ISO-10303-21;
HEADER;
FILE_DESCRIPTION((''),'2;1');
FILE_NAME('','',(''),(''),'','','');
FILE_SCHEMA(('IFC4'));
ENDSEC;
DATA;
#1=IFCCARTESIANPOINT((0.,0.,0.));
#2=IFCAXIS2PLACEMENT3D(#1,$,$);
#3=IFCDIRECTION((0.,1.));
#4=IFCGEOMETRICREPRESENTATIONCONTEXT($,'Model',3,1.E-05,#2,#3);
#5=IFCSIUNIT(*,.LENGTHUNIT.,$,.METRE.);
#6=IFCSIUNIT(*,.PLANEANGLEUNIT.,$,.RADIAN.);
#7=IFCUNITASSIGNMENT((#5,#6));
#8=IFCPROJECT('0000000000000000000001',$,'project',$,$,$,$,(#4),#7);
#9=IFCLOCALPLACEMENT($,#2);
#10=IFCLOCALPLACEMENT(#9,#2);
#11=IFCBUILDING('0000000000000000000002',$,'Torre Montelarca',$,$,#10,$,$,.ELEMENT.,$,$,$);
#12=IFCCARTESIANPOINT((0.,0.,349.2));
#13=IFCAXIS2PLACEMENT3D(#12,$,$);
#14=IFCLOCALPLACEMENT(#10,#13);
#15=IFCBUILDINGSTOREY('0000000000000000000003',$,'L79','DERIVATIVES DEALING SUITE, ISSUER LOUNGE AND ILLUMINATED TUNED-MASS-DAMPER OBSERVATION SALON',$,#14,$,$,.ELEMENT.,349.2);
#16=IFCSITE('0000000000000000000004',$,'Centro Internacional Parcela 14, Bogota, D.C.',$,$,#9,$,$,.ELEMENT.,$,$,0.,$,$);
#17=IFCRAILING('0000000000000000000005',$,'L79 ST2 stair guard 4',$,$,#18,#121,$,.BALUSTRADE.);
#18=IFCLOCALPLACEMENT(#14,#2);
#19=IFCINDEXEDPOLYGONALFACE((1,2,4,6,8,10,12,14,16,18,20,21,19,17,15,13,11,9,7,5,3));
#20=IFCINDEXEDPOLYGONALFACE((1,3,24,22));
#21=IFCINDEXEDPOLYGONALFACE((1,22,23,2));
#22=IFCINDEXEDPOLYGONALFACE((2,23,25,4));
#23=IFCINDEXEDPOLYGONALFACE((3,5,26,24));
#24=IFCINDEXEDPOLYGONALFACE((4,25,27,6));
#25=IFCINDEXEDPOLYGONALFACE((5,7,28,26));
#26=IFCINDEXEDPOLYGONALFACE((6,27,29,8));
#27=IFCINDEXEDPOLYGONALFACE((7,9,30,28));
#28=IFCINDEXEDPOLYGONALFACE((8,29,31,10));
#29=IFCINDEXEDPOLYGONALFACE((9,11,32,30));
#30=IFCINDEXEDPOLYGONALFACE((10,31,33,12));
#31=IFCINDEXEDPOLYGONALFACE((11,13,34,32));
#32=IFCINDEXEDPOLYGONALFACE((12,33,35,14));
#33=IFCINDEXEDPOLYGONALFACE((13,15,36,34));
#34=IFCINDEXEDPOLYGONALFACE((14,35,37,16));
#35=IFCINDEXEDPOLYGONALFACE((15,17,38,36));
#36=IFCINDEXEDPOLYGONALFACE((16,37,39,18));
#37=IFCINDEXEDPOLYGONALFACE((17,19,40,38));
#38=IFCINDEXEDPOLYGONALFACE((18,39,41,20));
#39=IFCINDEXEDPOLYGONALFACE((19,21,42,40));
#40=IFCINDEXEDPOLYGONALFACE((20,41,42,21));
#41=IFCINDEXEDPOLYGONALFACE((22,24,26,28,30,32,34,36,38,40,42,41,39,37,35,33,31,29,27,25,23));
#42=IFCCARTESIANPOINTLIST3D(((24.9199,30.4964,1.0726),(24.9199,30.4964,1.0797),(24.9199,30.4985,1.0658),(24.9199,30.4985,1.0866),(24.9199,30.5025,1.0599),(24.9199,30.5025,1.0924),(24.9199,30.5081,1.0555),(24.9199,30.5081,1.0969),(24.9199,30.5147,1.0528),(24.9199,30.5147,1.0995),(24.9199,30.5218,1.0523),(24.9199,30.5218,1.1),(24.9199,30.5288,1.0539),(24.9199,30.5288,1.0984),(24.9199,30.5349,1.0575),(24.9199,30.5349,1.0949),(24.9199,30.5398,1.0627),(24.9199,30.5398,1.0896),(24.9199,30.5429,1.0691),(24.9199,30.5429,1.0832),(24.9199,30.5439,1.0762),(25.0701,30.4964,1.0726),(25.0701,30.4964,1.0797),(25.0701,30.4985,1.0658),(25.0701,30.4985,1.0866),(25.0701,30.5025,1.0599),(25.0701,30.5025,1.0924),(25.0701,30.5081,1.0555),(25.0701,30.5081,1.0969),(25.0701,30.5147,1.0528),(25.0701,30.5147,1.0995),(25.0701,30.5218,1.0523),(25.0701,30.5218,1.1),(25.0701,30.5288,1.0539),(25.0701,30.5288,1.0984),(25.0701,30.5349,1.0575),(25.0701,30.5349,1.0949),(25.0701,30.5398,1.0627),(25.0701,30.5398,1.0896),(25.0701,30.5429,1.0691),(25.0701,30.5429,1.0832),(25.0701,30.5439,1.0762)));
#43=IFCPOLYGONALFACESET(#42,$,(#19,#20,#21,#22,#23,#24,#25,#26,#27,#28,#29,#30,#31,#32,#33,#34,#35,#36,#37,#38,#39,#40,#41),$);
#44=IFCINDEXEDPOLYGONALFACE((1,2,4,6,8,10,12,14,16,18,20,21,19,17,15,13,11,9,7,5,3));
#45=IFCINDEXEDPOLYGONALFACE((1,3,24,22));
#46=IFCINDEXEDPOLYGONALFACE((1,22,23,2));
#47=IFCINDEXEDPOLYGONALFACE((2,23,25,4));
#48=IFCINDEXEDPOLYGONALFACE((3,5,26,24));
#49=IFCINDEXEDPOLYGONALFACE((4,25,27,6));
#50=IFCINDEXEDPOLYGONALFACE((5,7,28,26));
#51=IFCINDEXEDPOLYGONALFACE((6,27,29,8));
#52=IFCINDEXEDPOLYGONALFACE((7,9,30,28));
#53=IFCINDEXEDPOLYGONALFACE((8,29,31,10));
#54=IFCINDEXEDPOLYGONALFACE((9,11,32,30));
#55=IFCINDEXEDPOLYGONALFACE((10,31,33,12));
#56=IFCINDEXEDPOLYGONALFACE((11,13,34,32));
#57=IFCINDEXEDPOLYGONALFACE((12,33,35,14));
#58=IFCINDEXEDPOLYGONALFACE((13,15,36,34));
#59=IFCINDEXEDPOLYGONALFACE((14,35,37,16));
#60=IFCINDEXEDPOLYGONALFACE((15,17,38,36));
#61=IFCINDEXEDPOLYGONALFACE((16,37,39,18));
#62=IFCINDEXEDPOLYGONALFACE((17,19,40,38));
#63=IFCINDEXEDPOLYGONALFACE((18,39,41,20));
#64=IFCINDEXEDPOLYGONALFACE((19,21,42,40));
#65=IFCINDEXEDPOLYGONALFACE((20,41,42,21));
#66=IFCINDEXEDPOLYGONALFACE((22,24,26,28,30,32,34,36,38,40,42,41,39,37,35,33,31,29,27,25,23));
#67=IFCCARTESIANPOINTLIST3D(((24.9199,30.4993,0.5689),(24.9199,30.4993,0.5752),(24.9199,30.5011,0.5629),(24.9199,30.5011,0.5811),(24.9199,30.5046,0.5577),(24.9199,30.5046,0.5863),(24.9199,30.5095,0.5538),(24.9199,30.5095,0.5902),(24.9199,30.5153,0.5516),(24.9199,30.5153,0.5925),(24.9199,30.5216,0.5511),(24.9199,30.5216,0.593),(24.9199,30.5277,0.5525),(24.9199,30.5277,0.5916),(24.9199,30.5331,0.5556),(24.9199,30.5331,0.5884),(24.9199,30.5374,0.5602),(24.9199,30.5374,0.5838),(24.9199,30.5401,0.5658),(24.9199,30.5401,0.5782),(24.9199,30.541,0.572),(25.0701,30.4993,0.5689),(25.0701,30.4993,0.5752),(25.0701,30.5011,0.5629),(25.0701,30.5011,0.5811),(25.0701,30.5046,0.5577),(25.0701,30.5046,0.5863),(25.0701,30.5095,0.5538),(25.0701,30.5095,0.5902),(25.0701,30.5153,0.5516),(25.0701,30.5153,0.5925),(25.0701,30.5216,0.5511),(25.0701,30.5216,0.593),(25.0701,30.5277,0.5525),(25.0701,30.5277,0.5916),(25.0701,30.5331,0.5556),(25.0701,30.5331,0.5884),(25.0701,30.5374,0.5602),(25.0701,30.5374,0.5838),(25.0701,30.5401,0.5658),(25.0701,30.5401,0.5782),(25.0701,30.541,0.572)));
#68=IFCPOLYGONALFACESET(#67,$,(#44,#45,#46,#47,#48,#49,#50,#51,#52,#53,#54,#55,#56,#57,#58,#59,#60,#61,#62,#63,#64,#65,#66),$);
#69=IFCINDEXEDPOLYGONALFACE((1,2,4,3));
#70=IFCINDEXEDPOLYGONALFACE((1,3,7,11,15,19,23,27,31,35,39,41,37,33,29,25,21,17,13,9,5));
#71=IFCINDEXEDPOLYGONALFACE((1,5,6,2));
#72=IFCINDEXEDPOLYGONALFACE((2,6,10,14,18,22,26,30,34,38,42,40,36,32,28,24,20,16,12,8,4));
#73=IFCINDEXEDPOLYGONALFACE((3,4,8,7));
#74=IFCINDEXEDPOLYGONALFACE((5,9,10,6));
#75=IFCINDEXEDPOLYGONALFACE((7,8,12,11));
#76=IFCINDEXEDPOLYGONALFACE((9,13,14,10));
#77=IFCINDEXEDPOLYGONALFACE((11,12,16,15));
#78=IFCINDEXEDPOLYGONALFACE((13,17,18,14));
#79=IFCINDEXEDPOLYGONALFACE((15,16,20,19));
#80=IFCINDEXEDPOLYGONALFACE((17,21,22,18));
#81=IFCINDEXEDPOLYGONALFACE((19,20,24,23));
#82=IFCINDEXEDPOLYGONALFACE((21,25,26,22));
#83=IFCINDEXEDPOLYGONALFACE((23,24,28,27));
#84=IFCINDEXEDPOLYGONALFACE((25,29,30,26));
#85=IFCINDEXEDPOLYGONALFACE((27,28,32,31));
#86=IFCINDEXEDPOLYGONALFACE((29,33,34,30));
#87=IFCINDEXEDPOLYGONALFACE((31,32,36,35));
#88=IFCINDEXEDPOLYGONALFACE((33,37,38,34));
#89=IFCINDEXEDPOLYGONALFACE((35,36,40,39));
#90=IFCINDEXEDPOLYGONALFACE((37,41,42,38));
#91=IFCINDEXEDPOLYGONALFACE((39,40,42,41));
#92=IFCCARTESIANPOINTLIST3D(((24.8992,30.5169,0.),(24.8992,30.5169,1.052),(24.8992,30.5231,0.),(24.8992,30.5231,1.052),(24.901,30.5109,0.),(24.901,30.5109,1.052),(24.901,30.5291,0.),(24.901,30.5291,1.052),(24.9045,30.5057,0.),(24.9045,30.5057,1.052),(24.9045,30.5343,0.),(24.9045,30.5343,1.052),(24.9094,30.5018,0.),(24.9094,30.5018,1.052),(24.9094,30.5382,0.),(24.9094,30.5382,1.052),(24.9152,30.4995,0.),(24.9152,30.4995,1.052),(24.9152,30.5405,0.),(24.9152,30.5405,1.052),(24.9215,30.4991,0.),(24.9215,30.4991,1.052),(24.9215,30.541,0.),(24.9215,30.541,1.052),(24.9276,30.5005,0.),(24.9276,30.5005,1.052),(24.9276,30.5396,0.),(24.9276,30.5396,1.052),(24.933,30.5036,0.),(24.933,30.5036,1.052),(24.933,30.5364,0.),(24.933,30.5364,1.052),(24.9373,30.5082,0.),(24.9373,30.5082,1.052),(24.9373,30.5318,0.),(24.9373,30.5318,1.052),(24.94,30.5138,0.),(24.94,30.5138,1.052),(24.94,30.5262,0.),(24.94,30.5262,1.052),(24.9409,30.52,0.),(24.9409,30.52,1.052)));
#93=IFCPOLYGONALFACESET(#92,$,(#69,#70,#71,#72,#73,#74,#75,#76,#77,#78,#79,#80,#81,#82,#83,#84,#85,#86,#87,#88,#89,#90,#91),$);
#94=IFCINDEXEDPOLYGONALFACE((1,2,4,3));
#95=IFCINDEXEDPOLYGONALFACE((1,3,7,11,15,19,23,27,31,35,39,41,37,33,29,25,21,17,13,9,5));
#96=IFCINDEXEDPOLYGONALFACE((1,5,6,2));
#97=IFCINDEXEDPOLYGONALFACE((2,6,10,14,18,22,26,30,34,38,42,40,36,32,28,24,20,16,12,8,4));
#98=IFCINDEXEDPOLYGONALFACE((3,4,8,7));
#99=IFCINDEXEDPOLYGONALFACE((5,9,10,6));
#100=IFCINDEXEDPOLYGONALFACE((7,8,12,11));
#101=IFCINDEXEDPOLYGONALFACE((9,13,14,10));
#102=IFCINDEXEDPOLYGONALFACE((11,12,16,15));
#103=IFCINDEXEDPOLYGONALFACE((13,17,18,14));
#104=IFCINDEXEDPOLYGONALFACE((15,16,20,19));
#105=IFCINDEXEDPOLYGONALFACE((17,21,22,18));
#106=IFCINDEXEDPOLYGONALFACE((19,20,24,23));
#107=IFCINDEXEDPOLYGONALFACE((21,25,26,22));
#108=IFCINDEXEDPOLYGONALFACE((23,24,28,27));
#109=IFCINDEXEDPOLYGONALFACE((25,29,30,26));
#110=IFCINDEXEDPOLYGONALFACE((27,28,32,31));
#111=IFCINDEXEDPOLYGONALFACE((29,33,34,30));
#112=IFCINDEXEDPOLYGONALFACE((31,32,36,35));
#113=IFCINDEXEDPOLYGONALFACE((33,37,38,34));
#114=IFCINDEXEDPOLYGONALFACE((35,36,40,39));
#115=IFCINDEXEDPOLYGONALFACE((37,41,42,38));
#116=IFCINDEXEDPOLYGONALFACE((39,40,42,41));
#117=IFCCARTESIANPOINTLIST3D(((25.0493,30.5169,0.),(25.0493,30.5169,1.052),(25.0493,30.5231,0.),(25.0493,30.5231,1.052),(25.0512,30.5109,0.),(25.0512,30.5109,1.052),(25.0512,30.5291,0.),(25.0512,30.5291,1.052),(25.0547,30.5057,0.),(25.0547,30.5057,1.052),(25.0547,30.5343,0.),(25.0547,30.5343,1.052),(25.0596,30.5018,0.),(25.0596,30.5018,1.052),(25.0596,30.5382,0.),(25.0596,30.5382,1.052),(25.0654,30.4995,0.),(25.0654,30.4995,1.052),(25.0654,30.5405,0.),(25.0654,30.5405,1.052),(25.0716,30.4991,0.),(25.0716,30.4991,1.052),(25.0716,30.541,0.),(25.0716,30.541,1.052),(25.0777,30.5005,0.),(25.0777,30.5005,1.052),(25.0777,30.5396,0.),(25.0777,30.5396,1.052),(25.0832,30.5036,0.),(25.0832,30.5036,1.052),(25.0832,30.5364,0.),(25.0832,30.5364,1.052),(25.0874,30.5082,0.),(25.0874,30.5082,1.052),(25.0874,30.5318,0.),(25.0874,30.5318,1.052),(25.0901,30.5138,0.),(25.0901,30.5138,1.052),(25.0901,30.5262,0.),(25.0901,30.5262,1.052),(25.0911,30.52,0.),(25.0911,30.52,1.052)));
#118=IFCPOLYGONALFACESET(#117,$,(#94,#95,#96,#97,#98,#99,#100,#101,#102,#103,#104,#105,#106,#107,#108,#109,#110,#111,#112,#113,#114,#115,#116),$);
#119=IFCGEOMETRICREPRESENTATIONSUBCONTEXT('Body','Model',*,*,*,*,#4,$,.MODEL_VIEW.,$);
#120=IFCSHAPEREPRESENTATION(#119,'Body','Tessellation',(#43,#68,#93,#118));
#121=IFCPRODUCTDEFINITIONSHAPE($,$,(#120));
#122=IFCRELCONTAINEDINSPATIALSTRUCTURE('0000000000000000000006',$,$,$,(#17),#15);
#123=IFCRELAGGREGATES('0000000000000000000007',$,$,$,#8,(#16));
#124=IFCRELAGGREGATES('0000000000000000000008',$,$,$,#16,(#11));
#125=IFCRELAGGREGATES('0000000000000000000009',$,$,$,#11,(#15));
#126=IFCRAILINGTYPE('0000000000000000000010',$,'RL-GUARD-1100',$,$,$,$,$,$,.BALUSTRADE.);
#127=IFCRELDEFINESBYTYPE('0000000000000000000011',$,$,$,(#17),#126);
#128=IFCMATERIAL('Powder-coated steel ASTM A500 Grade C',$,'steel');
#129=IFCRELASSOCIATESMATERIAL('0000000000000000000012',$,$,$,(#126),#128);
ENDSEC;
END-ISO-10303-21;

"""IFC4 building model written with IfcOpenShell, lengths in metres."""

from ifc_helpers import new_model, si_unit, direction, frame, origin, origin_2d, place, context, subcontext, project, spatial, circle, extrude, material, type_object, element, save


model = new_model("IFC4")

# Units and contexts
model_context = context("Model", 3, precision=1e-05, world=origin(), true_north=direction((0.0, 1.0)))
body_context = subcontext(model_context, "Body", "Model", "MODEL_VIEW")
ifc_project = project(units=[si_unit("LENGTHUNIT", "METRE"), si_unit("PLANEANGLEUNIT", "RADIAN")], contexts=[model_context])

# Site, building, storey
site_placement = place(None, origin())
site = spatial("IfcSite", under=ifc_project, at=site_placement, Name="Centro Internacional Parcela 14, Bogota, D.C.", CompositionType="ELEMENT", RefElevation=0.0)
building_placement = place(site_placement, origin())
building = spatial("IfcBuilding", under=site, at=building_placement, Name="Torre Montelarca", CompositionType="ELEMENT")
storey_placement = place(building_placement, frame((0.0, 0.0, 349.2)))
storey = spatial("IfcBuildingStorey", under=building, at=storey_placement, Name="L79", Description="DERIVATIVES DEALING SUITE, ISSUER LOUNGE AND ILLUMINATED TUNED-MASS-DAMPER OBSERVATION SALON", CompositionType="ELEMENT", Elevation=349.2)

# Railing
ifc_material_1 = material(Name="Powder-coated steel ASTM A500 Grade C", Category="steel")
railing_type_1 = type_object("IfcRailingType", Name="RL-GUARD-1100", PredefinedType="BALUSTRADE", material=ifc_material_1)
railing_1_placement = place(storey_placement, frame((24.9199, 30.52, 0.0)))
element("IfcRailing", 1, at=railing_1_placement, inside=storey, type_object=railing_type_1, Name="L79 ST2 stair guard 4", PredefinedType="BALUSTRADE", context=body_context, shape_type="SweptSolid", body=[
    extrude(circle(Radius=0.0239, at=origin_2d()), frame((0.0, 0.0, 1.0762), z_axis=(1.0, 0.0, 0.0), x_axis=(0.0, 1.0, 0.0)), (0.0, 0.0, 1.0), 0.1501),
    extrude(circle(Radius=0.021, at=origin_2d()), frame((0.0, 0.0, 0.572), z_axis=(1.0, 0.0, 0.0), x_axis=(0.0, 1.0, 0.0)), (0.0, 0.0, 1.0), 0.1501),
    extrude(circle(Radius=0.021, at=origin_2d()), origin(), (0.0, 0.0, 1.0), 1.052),
    extrude(circle(Radius=0.021, at=origin_2d()), frame((0.1501, 0.0, 0.0)), (0.0, 0.0, 1.0), 1.052),
])

save(model, "model.ifc")
